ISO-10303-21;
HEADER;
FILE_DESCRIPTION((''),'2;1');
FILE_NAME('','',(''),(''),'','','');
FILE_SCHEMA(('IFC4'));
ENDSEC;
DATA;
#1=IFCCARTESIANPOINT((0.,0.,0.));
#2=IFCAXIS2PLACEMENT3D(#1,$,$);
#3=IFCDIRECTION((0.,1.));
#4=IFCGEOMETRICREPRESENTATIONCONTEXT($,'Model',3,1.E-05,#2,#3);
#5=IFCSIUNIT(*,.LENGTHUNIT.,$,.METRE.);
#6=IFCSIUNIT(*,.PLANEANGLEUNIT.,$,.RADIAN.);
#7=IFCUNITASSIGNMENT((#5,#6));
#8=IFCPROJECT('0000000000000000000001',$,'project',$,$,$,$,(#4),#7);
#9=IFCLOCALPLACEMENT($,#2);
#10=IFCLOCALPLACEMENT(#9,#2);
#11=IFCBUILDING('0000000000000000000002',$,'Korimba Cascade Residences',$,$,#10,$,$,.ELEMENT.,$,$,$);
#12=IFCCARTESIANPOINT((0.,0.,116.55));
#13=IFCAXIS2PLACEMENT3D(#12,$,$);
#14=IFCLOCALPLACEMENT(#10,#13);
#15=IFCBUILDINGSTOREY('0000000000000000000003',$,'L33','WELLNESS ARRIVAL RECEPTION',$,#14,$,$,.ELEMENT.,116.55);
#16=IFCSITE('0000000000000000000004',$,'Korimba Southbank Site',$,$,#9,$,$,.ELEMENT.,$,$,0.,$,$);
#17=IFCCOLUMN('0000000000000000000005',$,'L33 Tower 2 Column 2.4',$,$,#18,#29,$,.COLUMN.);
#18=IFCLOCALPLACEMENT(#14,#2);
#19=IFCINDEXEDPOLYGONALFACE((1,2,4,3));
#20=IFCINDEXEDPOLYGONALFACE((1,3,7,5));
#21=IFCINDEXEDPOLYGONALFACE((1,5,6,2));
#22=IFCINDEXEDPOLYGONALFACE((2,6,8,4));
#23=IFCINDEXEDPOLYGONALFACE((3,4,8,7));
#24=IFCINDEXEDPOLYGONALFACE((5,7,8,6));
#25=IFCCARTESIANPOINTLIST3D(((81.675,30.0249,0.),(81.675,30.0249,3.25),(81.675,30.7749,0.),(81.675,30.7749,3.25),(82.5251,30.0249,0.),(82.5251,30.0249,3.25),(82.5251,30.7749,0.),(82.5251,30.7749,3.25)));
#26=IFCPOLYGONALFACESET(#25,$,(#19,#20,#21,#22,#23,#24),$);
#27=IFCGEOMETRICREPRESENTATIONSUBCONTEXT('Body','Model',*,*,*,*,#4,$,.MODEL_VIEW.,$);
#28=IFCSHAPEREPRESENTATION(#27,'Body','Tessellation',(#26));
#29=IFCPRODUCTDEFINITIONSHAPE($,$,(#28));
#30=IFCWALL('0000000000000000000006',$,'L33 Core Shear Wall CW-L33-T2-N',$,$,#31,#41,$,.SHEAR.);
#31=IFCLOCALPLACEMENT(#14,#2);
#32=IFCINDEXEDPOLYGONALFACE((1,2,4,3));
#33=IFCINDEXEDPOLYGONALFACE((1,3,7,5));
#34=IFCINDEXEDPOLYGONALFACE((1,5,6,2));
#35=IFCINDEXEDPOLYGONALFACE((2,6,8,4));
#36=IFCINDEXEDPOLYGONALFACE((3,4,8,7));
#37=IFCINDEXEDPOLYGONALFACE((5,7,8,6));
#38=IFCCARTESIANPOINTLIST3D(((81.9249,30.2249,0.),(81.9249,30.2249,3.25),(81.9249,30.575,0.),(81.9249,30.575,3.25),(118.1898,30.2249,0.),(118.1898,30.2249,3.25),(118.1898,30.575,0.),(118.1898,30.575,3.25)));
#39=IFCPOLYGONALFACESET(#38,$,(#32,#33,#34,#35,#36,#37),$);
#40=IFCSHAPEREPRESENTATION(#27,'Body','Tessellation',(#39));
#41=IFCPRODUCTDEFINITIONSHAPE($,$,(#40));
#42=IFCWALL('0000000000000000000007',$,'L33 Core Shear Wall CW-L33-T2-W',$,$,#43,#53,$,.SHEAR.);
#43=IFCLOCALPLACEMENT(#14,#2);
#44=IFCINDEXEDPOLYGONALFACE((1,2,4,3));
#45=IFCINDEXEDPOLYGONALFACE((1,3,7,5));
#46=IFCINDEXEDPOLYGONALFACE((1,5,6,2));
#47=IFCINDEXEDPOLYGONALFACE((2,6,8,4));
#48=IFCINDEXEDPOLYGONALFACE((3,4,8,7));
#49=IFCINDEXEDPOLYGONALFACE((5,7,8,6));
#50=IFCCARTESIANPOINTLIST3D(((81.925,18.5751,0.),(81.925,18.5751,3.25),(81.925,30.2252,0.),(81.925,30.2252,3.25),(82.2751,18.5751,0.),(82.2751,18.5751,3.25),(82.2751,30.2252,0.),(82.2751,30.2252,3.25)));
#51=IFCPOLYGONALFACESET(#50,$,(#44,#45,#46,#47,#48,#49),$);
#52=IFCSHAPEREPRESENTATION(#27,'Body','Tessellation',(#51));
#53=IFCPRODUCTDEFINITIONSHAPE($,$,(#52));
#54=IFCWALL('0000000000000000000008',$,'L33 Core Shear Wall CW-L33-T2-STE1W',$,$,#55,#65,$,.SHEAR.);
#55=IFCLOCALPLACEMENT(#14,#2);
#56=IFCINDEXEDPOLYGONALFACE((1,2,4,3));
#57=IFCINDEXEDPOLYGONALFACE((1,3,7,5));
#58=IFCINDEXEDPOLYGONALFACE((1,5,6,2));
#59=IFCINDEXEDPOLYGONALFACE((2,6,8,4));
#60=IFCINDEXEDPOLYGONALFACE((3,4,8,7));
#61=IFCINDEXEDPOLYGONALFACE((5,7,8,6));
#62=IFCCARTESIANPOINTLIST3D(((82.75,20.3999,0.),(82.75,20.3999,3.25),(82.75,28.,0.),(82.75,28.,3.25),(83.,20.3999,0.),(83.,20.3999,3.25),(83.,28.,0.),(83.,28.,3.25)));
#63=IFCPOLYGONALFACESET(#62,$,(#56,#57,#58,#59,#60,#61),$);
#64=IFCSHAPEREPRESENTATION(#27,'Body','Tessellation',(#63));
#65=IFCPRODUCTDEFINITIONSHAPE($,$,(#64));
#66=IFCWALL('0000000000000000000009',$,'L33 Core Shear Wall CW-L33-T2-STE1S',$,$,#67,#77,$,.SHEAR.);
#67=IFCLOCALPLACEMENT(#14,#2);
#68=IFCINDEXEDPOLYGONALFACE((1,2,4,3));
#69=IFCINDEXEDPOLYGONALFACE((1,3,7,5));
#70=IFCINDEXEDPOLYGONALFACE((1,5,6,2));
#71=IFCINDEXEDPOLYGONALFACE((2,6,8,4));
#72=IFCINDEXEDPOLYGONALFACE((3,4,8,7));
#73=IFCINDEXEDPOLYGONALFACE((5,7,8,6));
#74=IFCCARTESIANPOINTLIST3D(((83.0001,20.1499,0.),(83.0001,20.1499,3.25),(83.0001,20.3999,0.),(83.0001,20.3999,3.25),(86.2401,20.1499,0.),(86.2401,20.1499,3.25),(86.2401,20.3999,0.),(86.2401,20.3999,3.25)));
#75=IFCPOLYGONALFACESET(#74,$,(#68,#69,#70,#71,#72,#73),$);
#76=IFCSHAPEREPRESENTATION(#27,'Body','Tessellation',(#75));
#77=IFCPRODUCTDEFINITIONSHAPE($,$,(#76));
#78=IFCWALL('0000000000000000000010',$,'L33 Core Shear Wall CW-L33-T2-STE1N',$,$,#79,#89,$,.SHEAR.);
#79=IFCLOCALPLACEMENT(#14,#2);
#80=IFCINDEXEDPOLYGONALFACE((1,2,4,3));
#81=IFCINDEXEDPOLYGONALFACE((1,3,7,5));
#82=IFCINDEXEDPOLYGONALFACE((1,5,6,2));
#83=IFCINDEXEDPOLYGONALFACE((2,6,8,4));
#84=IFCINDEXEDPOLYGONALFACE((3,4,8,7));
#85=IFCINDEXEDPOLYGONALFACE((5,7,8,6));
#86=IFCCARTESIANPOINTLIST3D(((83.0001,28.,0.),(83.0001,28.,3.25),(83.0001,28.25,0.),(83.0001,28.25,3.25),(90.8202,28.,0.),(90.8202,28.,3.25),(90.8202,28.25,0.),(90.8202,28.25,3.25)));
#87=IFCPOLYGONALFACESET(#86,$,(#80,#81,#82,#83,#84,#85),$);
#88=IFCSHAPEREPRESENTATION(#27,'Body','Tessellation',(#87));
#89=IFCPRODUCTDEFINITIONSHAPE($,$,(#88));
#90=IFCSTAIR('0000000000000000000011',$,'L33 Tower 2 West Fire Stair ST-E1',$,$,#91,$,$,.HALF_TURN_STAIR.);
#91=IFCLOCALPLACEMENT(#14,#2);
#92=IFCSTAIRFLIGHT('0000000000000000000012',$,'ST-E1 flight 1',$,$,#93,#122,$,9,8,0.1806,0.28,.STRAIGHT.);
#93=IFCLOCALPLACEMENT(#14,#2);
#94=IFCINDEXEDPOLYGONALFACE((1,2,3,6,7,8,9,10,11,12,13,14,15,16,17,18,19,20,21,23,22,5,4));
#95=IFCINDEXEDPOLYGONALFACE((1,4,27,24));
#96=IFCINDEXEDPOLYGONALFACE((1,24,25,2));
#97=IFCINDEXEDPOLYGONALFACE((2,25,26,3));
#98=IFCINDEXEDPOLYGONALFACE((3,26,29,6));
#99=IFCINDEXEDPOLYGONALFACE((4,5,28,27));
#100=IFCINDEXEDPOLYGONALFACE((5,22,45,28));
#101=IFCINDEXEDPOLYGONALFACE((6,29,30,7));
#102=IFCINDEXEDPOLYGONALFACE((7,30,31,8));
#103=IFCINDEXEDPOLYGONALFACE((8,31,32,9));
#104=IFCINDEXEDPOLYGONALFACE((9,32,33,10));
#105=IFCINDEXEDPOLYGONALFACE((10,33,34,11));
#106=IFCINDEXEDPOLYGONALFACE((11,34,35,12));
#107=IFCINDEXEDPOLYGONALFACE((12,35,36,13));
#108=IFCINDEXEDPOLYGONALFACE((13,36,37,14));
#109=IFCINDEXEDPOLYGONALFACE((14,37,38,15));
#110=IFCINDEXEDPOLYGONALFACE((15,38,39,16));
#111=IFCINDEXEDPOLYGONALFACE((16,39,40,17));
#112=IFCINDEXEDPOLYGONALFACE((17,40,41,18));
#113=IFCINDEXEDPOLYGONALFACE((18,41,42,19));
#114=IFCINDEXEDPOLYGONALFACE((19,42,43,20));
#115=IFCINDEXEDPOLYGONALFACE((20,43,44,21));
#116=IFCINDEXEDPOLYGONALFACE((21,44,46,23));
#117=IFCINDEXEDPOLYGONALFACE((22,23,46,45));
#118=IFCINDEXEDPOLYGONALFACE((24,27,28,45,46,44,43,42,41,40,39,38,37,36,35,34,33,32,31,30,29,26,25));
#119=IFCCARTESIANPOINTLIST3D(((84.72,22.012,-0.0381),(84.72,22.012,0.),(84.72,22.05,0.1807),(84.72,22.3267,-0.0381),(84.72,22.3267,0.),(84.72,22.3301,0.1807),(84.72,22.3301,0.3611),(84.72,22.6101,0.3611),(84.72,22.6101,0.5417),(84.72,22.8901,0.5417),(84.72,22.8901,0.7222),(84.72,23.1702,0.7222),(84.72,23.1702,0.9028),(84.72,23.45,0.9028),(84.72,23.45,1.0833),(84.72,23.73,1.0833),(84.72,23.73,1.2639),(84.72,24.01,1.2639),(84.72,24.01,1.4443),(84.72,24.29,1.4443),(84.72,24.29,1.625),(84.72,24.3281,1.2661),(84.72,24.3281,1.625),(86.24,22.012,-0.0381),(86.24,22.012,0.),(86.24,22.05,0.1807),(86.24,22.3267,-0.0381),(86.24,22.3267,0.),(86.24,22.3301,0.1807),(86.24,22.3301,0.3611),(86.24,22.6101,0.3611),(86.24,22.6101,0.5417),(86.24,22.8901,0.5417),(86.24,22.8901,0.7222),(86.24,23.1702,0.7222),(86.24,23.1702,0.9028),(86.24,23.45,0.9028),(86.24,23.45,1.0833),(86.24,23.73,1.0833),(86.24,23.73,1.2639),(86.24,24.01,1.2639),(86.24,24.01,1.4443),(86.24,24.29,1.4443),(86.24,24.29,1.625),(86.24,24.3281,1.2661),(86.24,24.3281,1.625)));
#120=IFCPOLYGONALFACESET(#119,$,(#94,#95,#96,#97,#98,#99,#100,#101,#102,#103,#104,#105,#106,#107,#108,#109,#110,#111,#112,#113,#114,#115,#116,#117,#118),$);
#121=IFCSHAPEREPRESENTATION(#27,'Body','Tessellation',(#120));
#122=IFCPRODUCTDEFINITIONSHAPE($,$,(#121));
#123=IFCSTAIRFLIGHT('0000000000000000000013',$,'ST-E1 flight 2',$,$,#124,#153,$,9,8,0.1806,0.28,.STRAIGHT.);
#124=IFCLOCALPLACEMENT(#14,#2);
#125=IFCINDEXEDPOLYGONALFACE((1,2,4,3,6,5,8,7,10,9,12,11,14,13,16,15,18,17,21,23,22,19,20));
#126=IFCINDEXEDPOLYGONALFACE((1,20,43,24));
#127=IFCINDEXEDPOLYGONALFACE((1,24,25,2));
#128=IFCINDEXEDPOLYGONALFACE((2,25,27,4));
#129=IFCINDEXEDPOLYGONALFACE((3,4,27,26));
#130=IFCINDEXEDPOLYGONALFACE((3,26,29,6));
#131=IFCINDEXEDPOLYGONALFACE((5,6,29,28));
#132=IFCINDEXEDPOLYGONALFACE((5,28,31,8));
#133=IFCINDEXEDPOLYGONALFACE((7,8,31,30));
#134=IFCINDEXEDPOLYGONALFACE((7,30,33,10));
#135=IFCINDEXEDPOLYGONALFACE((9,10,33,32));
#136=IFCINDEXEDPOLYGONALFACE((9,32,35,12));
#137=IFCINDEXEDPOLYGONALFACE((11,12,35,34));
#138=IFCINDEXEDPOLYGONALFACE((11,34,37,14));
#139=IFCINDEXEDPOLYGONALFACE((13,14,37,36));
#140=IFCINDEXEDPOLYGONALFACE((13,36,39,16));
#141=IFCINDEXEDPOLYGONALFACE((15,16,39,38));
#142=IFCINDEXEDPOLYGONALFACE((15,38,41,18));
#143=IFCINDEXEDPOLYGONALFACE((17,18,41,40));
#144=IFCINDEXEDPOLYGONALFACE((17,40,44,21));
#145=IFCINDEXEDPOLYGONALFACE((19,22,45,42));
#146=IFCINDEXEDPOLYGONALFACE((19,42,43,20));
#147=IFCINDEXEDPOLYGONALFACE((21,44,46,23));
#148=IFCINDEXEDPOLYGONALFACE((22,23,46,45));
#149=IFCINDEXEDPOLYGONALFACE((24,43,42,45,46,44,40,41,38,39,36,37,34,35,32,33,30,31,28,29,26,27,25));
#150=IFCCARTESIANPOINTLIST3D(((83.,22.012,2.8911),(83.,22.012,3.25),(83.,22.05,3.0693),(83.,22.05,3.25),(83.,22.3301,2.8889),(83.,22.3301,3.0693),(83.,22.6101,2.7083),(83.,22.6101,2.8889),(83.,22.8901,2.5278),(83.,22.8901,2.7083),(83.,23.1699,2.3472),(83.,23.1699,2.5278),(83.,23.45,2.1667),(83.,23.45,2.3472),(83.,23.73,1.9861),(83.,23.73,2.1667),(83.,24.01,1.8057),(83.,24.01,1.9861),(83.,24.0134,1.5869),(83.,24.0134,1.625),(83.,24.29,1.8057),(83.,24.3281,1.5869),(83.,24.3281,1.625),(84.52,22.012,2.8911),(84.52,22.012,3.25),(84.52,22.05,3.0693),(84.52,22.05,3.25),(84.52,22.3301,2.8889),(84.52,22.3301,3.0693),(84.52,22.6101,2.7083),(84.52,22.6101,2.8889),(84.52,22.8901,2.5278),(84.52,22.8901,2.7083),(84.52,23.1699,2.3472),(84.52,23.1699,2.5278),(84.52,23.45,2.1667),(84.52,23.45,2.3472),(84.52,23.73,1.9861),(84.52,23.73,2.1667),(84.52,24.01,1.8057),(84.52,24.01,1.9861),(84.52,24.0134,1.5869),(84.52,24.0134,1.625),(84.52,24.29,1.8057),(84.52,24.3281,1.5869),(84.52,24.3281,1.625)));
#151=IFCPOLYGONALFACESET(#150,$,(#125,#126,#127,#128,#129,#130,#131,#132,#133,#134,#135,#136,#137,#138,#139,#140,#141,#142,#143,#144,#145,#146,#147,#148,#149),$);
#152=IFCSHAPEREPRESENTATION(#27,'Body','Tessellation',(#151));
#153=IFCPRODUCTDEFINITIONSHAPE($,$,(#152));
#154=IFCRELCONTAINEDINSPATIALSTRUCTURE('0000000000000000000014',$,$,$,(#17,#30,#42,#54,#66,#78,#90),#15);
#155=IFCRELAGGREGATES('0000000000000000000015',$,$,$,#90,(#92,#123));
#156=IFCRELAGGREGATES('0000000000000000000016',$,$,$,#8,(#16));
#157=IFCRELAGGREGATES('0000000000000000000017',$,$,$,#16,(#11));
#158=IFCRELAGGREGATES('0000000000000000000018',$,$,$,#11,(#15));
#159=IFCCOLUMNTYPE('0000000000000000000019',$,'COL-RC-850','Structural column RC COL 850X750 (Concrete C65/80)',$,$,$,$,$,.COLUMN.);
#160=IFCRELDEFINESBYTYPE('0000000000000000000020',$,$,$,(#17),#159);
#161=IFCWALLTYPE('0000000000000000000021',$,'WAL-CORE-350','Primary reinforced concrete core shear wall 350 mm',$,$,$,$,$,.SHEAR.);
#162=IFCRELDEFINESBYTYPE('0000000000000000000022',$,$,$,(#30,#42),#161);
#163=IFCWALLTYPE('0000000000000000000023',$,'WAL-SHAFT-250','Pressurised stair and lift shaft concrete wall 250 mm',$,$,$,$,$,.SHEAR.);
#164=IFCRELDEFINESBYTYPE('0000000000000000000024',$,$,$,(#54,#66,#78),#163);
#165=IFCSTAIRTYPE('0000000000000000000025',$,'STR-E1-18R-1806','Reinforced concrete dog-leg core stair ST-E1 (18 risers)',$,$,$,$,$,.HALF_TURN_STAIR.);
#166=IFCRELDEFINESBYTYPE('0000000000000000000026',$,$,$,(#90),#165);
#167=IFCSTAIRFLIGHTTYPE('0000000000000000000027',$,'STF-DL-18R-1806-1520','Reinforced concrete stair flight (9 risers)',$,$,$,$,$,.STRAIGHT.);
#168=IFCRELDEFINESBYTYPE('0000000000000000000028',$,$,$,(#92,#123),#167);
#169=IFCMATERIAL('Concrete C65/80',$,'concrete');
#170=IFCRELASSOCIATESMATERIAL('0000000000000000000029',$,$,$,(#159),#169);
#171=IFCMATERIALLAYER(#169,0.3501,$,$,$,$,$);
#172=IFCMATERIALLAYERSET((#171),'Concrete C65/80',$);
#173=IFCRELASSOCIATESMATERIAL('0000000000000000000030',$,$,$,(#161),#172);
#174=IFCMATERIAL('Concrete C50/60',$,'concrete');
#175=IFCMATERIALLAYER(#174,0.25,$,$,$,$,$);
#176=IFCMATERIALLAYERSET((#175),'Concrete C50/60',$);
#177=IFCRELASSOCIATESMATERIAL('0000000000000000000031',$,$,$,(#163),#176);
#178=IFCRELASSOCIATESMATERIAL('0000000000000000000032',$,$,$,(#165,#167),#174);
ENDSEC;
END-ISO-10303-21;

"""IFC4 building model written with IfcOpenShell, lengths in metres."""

from ifc_helpers import new_model, si_unit, direction, frame, frame_2d, origin, origin_2d, place, context, subcontext, project, spatial, polyline, rectangle, outline, extrude, material, layer, layer_set, material_profile, profile_set, type_object, element, aggregate, save


model = new_model("IFC4")

# Units and contexts
model_context = context("Model", 3, precision=1e-05, world=origin(), true_north=direction((0.0, 1.0)))
body_context = subcontext(model_context, "Body", "Model", "MODEL_VIEW")
ifc_project = project(units=[si_unit("LENGTHUNIT", "METRE"), si_unit("PLANEANGLEUNIT", "RADIAN")], contexts=[model_context])

# Site, building, storey
site_placement = place(None, origin())
site = spatial("IfcSite", under=ifc_project, at=site_placement, Name="Korimba Southbank Site", CompositionType="ELEMENT", RefElevation=0.0)
building_placement = place(site_placement, origin())
building = spatial("IfcBuilding", under=site, at=building_placement, Name="Korimba Cascade Residences", CompositionType="ELEMENT")
storey_placement = place(building_placement, frame((0.0, 0.0, 116.55)))
storey = spatial("IfcBuildingStorey", under=building, at=storey_placement, Name="L33", Description="WELLNESS ARRIVAL RECEPTION", CompositionType="ELEMENT", Elevation=116.55)

# Column
ifc_material_1 = material(Name="Concrete C65/80", Category="concrete")
ifc_material_profile = material_profile(ifc_material_1, rectangle(XDim=0.8501, YDim=0.75, at=origin_2d()), Name="Concrete C65/80")
ifc_profile_set = profile_set([ifc_material_profile], Name="Concrete C65/80")
column_type = type_object("IfcColumnType", Name="COL-RC-850", Description="Structural column RC COL 850X750 (Concrete C65/80)", PredefinedType="COLUMN", material=ifc_profile_set)
column_placement = place(storey_placement, frame((82.1001, 30.3999, 0.0), z_axis=(0.0, 0.0, 1.0), x_axis=(1.0, 0.0, 0.0)))
element("IfcColumn", 1, at=column_placement, inside=storey, type_object=column_type, Name="L33 Tower 2 Column 2.4", PredefinedType="COLUMN", context=body_context, shape_type="SweptSolid", body=[
    extrude(rectangle(XDim=0.8501, YDim=0.75, at=origin_2d()), origin(), (0.0, 0.0, 1.0), 3.25),
])

# Walls
ifc_layer_1 = layer(ifc_material_1, 0.3501)
ifc_layer_set_1 = layer_set([ifc_layer_1], Name="Concrete C65/80")
wall_type_1 = type_object("IfcWallType", Name="WAL-CORE-350", Description="Primary reinforced concrete core shear wall 350 mm", PredefinedType="SHEAR", material=ifc_layer_set_1)
wall_1_placement = place(storey_placement, frame((81.925, 30.3999, 0.0), z_axis=(0.0, 0.0, 1.0), x_axis=(1.0, 0.0, 0.0)))
element("IfcWall", 2, at=wall_1_placement, inside=storey, type_object=wall_type_1, Name="L33 Core Shear Wall CW-L33-T2-N", PredefinedType="SHEAR", context=body_context, shape_type="SweptSolid", body=[
    extrude(rectangle(XDim=36.2649, YDim=0.3501, at=frame_2d((18.1323, 0.0))), origin(), (0.0, 0.0, 1.0), 3.25),
])
wall_2_placement = place(storey_placement, frame((82.1001, 18.575, 0.0), z_axis=(0.0, 0.0, 1.0), x_axis=(0.0, 1.0, 0.0)))
element("IfcWall", 3, at=wall_2_placement, inside=storey, type_object=wall_type_1, Name="L33 Core Shear Wall CW-L33-T2-W", PredefinedType="SHEAR", context=body_context, shape_type="SweptSolid", body=[
    extrude(rectangle(XDim=11.6501, YDim=0.3501, at=frame_2d((5.8252, 0.0))), origin(), (0.0, 0.0, 1.0), 3.25),
])
ifc_material_2 = material(Name="Concrete C50/60", Category="concrete")
ifc_layer_2 = layer(ifc_material_2, 0.25)
ifc_layer_set_2 = layer_set([ifc_layer_2], Name="Concrete C50/60")
wall_type_2 = type_object("IfcWallType", Name="WAL-SHAFT-250", Description="Pressurised stair and lift shaft concrete wall 250 mm", PredefinedType="SHEAR", material=ifc_layer_set_2)
wall_3_placement = place(storey_placement, frame((82.875, 20.3999, 0.0), z_axis=(0.0, 0.0, 1.0), x_axis=(0.0, 1.0, 0.0)))
element("IfcWall", 4, at=wall_3_placement, inside=storey, type_object=wall_type_2, Name="L33 Core Shear Wall CW-L33-T2-STE1W", PredefinedType="SHEAR", context=body_context, shape_type="SweptSolid", body=[
    extrude(rectangle(XDim=7.6001, YDim=0.25, at=frame_2d((3.8, 0.0))), origin(), (0.0, 0.0, 1.0), 3.25),
])
wall_4_placement = place(storey_placement, frame((83.0, 20.2749, 0.0), z_axis=(0.0, 0.0, 1.0), x_axis=(1.0, 0.0, 0.0)))
element("IfcWall", 5, at=wall_4_placement, inside=storey, type_object=wall_type_2, Name="L33 Core Shear Wall CW-L33-T2-STE1S", PredefinedType="SHEAR", context=body_context, shape_type="SweptSolid", body=[
    extrude(rectangle(XDim=3.24, YDim=0.25, at=frame_2d((1.6201, 0.0))), origin(), (0.0, 0.0, 1.0), 3.25),
])
wall_5_placement = place(storey_placement, frame((83.0, 28.125, 0.0), z_axis=(0.0, 0.0, 1.0), x_axis=(1.0, 0.0, 0.0)))
element("IfcWall", 6, at=wall_5_placement, inside=storey, type_object=wall_type_2, Name="L33 Core Shear Wall CW-L33-T2-STE1N", PredefinedType="SHEAR", context=body_context, shape_type="SweptSolid", body=[
    extrude(rectangle(XDim=7.8201, YDim=0.25, at=frame_2d((3.9102, 0.0))), origin(), (0.0, 0.0, 1.0), 3.25),
])

# Stair, stair flights
stair_type = type_object("IfcStairType", Name="STR-E1-18R-1806", Description="Reinforced concrete dog-leg core stair ST-E1 (18 risers)", PredefinedType="HALF_TURN_STAIR", material=ifc_material_2)
stair_placement = place(storey_placement, origin())
stair = element("IfcStair", 7, at=stair_placement, inside=storey, type_object=stair_type, Name="L33 Tower 2 West Fire Stair ST-E1", PredefinedType="HALF_TURN_STAIR")
stair_flight_type = type_object("IfcStairFlightType", Name="STF-DL-18R-1806-1520", Description="Reinforced concrete stair flight (9 risers)", PredefinedType="STRAIGHT", material=ifc_material_2)
stair_flight_1_placement = place(storey_placement, frame((85.48, 22.05, 0.0), z_axis=(0.0, 0.0, 1.0), x_axis=(0.0, 1.0, 0.0)))
stair_flight_1 = element("IfcStairFlight", 8, at=stair_flight_1_placement, type_object=stair_flight_type, Name="ST-E1 flight 1", NumberOfRisers=9, NumberOfTreads=8, PredefinedType="STRAIGHT", RiserHeight=0.1806, TreadLength=0.28, context=body_context, shape_type="SweptSolid", body=[
    extrude(outline(polyline([(-0.0381, 0.0), (0.0, 0.1807), (0.28, 0.1807), (0.28, 0.3611), (0.5601, 0.3611), (0.5601, 0.5417), (0.8401, 0.5417), (0.8401, 0.7222), (1.1201, 0.7222), (1.1201, 0.9028), (1.3999, 0.9028), (1.3999, 1.0833), (1.6799, 1.0833), (1.6799, 1.2639), (1.96, 1.2639), (1.96, 1.4443), (2.24, 1.4443), (2.24, 1.625), (2.2781, 1.625), (2.2781, 1.2661), (0.2766, 0.0), (0.2766, -0.0381), (-0.0381, -0.0381), (-0.0381, 0.0)])), frame((0.0, 0.76, 0.0), z_axis=(0.0, -1.0, 0.0), x_axis=(1.0, 0.0, 0.0)), (0.0, 0.0, 1.0), 1.52),
])
stair_flight_2_placement = place(storey_placement, frame((83.76, 24.29, 1.625), z_axis=(0.0, 0.0, 1.0), x_axis=(0.0, -1.0, 0.0)))
stair_flight_2 = element("IfcStairFlight", 9, at=stair_flight_2_placement, type_object=stair_flight_type, Name="ST-E1 flight 2", NumberOfRisers=9, NumberOfTreads=8, PredefinedType="STRAIGHT", RiserHeight=0.1806, TreadLength=0.28, context=body_context, shape_type="SweptSolid", body=[
    extrude(outline(polyline([(-0.0381, 0.0), (0.0, 0.1807), (0.28, 0.1807), (0.28, 0.3611), (0.5601, 0.3611), (0.5601, 0.5417), (0.8401, 0.5417), (0.8401, 0.7222), (1.1201, 0.7222), (1.1201, 0.9028), (1.3999, 0.9028), (1.3999, 1.0833), (1.6799, 1.0833), (1.6799, 1.2639), (1.96, 1.2639), (1.96, 1.4443), (2.24, 1.4443), (2.24, 1.625), (2.2781, 1.625), (2.2781, 1.2661), (0.2766, 0.0), (0.2766, -0.0381), (-0.0381, -0.0381), (-0.0381, 0.0)])), frame((0.0, 0.76, 0.0), z_axis=(0.0, -1.0, 0.0), x_axis=(1.0, 0.0, 0.0)), (0.0, 0.0, 1.0), 1.52),
])
aggregate(stair, [stair_flight_1, stair_flight_2])

save(model, "model.ifc")
